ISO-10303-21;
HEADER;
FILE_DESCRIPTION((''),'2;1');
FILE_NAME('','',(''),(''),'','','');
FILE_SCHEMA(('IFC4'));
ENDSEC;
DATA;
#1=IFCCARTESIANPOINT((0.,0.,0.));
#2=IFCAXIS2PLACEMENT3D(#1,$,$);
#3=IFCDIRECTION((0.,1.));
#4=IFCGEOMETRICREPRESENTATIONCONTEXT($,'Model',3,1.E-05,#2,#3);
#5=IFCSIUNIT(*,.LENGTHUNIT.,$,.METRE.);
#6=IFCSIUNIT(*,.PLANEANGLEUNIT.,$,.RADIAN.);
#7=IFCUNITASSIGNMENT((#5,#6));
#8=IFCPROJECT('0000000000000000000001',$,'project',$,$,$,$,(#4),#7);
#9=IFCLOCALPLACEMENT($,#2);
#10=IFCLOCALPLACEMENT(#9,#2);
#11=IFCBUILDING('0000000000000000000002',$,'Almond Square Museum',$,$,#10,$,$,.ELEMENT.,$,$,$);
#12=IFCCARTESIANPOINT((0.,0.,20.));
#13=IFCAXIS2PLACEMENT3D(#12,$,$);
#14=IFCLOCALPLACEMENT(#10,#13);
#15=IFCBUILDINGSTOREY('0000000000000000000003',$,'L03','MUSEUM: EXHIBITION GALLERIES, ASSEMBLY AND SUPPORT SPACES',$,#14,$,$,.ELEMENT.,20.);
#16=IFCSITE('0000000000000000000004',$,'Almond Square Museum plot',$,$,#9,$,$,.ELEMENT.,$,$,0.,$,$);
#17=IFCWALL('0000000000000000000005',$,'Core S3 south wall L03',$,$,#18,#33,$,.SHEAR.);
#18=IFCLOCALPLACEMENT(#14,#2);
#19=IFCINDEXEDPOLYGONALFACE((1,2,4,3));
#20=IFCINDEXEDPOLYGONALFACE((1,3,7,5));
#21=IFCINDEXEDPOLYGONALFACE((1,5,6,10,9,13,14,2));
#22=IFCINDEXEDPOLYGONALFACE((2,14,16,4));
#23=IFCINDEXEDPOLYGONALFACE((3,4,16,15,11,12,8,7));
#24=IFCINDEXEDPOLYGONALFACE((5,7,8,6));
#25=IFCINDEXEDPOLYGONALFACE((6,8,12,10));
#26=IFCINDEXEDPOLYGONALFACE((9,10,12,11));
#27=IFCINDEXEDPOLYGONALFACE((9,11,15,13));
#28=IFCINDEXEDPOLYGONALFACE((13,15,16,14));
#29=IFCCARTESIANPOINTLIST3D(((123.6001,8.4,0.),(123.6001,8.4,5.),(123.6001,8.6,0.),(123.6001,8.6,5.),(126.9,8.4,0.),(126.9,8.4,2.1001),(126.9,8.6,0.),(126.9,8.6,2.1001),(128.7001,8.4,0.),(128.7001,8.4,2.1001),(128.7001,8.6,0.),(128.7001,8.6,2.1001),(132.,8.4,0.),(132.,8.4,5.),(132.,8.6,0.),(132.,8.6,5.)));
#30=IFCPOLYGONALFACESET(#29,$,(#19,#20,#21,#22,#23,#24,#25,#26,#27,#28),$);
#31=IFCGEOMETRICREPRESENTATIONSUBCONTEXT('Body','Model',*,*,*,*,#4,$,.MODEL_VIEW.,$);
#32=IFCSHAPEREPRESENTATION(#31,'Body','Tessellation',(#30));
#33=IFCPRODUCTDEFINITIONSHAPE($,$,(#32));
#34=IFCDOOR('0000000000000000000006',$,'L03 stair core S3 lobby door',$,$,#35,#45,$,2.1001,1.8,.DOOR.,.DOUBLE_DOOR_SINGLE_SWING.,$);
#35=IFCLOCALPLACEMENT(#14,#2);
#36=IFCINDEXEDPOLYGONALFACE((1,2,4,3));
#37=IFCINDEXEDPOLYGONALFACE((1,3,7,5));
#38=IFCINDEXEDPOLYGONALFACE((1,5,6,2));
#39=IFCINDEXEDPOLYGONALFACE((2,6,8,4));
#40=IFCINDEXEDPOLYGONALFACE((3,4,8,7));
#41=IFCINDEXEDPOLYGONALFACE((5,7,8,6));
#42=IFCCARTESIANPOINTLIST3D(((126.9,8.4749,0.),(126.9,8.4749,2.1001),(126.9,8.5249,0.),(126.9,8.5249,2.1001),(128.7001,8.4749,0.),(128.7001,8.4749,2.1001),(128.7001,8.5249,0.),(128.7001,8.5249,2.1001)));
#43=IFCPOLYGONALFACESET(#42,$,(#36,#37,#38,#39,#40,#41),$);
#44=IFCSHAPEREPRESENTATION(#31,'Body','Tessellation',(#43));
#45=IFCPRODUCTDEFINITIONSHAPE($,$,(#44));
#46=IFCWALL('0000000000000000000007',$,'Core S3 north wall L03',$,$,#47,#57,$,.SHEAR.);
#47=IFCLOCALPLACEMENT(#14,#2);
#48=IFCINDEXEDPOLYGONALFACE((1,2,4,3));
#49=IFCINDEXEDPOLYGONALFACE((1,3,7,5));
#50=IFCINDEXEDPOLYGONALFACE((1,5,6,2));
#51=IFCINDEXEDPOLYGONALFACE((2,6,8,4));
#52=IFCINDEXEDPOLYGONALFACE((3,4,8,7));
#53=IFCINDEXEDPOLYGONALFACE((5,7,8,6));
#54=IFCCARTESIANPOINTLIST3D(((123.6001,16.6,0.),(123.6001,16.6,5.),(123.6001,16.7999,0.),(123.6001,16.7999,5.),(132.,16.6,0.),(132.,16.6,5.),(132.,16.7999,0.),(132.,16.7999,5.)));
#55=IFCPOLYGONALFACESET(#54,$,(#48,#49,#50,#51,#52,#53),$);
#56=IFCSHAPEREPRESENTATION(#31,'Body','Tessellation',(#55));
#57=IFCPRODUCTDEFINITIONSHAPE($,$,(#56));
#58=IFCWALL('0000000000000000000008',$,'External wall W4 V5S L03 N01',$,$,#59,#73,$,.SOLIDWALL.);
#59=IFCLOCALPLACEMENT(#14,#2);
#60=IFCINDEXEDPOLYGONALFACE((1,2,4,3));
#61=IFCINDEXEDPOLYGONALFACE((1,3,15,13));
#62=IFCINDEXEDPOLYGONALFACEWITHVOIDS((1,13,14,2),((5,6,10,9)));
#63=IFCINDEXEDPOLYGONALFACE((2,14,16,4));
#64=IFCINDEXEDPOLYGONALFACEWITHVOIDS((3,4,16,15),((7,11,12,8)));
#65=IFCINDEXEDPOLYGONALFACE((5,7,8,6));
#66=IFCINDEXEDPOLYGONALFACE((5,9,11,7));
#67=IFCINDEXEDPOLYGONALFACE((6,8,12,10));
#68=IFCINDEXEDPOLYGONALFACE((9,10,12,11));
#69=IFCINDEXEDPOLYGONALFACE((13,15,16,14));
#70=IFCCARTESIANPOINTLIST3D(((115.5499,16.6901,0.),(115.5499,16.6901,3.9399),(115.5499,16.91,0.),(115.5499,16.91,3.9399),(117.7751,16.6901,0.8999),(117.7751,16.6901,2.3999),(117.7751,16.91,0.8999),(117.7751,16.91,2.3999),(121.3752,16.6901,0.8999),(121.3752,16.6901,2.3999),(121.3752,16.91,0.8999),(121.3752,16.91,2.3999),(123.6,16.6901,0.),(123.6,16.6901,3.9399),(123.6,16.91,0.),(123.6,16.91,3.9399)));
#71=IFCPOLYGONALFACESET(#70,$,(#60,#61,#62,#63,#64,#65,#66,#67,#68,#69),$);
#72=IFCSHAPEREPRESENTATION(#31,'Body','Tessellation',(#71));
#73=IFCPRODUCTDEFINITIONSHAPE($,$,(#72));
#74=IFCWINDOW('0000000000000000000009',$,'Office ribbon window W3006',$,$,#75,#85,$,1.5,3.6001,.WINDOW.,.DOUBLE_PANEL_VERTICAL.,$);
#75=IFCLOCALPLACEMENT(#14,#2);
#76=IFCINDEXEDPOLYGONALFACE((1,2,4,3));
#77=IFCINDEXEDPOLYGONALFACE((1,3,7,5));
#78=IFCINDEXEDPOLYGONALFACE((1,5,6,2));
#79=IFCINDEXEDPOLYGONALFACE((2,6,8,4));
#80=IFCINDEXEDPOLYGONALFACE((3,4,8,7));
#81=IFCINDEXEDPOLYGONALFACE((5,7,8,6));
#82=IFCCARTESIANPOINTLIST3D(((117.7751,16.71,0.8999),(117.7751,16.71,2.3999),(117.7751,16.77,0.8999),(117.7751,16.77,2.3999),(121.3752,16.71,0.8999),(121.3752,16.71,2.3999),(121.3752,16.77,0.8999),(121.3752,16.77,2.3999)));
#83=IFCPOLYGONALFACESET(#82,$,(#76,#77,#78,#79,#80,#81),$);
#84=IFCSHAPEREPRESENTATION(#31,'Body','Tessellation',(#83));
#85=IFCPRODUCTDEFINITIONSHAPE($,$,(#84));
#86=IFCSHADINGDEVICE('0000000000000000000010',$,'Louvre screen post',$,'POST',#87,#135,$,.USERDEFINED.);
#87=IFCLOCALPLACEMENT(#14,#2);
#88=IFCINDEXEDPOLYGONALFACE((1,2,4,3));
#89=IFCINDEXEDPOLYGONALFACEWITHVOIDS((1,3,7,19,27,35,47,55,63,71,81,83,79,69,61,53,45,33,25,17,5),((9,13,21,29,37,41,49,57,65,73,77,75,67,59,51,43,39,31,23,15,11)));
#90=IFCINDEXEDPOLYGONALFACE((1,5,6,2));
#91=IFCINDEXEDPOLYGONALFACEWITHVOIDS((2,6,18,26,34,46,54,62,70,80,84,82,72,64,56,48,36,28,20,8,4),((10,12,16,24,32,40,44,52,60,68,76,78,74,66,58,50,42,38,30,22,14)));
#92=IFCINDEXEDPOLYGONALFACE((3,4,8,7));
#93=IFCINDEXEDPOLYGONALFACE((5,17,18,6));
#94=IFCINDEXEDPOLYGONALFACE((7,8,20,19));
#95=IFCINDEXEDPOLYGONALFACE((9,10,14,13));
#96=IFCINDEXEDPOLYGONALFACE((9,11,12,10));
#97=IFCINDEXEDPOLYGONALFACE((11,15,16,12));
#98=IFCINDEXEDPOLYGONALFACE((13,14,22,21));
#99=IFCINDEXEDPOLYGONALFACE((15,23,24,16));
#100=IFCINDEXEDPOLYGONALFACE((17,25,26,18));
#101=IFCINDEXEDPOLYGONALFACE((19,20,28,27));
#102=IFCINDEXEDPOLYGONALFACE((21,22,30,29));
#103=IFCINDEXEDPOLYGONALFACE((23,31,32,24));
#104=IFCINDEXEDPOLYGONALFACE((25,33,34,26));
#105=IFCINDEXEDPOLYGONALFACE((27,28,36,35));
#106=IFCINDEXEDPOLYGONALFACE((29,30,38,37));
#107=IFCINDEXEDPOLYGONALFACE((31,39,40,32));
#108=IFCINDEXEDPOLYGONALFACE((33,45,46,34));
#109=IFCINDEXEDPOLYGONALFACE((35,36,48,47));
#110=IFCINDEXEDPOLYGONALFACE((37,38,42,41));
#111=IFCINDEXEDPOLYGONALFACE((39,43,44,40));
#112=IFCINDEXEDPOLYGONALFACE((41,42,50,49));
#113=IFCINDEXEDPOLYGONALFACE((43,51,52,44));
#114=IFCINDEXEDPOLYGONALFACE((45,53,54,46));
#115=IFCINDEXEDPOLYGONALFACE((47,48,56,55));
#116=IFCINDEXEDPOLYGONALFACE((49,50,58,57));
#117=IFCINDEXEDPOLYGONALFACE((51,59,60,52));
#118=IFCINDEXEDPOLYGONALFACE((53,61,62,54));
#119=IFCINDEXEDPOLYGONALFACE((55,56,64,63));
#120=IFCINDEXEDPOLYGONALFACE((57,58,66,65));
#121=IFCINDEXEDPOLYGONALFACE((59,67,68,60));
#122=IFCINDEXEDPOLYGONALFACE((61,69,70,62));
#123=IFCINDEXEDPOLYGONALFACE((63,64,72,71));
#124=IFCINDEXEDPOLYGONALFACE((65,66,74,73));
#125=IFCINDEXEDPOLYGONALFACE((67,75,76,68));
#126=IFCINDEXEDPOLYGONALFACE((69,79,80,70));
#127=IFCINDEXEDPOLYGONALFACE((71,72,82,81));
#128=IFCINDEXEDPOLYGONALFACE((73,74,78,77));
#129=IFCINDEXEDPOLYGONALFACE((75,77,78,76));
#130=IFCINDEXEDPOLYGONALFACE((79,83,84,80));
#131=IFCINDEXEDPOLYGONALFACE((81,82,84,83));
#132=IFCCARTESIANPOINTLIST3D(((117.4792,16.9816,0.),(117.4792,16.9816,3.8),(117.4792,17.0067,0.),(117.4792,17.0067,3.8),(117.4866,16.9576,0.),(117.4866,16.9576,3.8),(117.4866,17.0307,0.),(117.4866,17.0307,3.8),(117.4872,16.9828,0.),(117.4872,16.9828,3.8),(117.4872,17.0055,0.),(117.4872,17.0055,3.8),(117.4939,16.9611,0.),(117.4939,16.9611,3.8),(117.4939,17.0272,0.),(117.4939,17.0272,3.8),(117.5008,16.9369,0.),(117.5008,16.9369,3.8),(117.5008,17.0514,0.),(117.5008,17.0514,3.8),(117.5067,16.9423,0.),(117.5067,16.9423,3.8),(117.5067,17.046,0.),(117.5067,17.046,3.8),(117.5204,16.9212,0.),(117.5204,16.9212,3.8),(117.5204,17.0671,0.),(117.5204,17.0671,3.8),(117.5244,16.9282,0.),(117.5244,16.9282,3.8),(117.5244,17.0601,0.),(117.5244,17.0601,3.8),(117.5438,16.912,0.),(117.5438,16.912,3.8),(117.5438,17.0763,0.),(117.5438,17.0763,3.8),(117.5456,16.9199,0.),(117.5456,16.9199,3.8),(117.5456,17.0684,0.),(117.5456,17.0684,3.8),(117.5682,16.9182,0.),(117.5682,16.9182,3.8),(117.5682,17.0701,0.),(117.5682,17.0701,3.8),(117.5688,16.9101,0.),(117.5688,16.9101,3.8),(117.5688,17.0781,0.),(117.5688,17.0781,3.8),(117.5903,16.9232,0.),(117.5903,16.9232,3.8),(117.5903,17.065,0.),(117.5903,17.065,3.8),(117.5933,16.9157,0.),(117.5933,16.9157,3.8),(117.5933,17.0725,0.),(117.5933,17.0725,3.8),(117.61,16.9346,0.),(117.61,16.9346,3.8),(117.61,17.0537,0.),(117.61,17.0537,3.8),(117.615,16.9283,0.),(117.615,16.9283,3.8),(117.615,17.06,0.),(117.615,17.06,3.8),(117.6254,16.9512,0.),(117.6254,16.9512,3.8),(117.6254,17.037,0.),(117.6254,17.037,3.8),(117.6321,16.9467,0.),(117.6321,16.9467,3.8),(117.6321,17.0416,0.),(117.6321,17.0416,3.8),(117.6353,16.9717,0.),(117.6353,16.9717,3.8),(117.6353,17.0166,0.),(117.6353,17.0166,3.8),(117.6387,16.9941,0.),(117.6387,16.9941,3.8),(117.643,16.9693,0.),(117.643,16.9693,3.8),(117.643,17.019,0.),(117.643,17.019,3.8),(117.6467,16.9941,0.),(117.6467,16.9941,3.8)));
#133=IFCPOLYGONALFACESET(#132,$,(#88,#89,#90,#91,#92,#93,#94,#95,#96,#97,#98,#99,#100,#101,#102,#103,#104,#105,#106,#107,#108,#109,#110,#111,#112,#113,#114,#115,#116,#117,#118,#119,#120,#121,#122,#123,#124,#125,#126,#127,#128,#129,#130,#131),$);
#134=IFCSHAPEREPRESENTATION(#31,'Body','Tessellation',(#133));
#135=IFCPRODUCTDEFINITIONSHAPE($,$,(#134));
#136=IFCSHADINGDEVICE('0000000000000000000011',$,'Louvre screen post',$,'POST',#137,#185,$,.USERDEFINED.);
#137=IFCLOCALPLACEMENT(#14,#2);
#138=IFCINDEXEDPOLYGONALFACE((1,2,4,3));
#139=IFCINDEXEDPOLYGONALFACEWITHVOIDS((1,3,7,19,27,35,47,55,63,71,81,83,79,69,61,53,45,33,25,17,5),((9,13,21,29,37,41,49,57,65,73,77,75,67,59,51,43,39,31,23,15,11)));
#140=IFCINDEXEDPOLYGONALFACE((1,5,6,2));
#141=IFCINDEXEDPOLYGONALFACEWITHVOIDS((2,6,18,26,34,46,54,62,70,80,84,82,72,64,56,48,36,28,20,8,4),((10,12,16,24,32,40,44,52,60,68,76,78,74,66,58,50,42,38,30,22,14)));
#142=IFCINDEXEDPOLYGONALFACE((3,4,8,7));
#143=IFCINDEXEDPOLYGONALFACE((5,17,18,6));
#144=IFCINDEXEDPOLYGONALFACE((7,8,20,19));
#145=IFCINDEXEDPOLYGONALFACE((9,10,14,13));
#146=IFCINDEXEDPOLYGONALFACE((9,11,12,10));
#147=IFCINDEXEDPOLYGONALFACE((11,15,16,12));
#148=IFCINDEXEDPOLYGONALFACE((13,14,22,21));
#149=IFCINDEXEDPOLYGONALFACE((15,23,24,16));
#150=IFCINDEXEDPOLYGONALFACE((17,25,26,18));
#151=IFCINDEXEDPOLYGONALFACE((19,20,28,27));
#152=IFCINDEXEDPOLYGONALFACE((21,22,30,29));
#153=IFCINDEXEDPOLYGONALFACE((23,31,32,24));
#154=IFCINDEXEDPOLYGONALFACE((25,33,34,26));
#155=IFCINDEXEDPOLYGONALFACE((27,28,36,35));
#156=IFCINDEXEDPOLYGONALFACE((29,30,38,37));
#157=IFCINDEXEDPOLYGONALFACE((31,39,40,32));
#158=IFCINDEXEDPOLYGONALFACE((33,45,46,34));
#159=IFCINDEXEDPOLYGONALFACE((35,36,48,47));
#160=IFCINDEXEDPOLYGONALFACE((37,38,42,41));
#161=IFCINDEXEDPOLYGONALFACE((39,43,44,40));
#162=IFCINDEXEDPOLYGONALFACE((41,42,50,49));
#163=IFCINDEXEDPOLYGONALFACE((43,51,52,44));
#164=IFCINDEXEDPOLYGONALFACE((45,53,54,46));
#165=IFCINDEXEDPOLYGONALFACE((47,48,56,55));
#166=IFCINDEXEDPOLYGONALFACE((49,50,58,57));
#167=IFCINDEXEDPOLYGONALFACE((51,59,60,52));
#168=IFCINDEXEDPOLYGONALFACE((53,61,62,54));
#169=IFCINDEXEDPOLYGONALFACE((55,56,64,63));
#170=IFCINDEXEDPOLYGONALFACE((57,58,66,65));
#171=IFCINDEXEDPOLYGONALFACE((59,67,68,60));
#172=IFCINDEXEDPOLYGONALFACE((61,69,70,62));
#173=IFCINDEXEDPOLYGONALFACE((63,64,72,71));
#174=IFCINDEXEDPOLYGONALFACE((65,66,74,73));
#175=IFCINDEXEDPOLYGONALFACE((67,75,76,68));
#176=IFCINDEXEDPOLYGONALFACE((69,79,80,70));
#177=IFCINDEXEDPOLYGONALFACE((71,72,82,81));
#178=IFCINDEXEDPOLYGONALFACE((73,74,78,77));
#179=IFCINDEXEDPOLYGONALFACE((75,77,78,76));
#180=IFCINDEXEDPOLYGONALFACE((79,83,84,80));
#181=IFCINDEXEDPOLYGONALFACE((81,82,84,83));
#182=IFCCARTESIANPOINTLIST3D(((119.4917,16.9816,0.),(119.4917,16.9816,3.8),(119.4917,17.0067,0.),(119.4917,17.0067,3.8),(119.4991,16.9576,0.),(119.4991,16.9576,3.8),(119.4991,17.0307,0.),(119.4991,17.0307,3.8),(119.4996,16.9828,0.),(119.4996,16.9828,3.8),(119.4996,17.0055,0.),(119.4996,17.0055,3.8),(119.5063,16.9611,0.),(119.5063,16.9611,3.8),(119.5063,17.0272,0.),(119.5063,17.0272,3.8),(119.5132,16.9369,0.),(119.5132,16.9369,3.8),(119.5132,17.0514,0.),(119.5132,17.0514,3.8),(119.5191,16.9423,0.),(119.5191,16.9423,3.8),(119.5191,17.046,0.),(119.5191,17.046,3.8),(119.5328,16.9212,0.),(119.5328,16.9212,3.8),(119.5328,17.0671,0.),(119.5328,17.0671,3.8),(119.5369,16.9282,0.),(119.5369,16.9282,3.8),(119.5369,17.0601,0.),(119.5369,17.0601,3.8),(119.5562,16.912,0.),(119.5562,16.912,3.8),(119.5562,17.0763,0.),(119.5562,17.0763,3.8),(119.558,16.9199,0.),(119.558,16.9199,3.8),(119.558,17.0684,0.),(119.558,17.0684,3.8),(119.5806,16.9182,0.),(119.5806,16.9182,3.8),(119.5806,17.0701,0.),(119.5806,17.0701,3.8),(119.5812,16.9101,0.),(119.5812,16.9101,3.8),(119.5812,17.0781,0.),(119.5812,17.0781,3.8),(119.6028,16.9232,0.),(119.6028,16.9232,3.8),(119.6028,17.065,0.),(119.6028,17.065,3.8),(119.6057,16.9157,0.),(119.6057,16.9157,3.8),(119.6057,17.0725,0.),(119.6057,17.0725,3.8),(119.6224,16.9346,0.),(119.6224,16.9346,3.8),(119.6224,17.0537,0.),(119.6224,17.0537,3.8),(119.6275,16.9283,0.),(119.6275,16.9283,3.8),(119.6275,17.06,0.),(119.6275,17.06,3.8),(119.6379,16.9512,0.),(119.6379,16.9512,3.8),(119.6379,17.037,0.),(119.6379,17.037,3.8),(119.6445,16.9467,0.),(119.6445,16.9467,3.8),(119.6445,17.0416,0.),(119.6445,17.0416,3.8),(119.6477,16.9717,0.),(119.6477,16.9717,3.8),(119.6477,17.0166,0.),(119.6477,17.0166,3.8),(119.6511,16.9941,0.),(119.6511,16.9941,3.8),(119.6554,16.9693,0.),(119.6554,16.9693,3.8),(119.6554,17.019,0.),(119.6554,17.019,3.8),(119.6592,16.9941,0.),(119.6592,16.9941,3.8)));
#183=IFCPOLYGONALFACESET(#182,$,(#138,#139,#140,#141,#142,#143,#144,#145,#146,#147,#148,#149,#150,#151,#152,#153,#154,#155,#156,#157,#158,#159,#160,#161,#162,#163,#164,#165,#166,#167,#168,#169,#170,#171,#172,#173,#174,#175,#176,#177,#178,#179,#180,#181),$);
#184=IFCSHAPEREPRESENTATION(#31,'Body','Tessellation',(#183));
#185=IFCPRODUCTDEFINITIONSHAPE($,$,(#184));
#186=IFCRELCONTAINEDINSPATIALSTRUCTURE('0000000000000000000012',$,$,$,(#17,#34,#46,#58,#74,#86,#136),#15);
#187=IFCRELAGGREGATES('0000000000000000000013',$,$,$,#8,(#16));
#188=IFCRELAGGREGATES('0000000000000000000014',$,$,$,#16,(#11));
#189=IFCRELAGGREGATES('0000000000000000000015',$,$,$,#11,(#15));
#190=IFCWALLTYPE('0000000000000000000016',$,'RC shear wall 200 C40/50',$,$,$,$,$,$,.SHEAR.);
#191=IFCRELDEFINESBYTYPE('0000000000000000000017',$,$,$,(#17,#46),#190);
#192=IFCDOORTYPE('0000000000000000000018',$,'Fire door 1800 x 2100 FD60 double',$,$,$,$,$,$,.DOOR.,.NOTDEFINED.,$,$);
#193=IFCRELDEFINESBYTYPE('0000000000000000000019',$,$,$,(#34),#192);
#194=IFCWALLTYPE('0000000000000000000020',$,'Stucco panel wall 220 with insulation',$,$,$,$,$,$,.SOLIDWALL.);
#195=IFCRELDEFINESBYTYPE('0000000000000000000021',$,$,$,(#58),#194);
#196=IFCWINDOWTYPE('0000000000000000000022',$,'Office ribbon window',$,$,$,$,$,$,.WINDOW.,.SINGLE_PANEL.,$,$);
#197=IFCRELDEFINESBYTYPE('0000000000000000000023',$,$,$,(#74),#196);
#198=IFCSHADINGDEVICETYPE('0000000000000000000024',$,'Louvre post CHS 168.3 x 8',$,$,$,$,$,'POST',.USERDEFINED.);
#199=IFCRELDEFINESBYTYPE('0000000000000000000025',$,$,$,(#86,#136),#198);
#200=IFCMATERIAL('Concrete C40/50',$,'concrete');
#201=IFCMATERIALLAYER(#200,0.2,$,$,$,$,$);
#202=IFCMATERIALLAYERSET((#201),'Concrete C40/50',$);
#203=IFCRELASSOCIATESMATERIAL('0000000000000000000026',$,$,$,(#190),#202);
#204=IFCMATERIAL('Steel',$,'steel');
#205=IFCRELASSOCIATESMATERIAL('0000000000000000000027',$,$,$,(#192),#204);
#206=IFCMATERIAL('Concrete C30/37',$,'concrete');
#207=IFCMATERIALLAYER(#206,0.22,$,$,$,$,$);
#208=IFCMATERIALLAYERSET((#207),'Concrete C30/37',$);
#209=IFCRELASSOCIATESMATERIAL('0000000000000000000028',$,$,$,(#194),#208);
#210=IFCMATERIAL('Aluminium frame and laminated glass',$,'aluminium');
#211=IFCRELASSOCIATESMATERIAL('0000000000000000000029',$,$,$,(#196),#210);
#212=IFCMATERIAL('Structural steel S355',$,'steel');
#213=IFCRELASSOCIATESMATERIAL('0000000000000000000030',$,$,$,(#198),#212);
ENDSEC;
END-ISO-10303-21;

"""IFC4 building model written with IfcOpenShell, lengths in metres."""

from ifc_helpers import new_model, si_unit, direction, frame, frame_2d, origin, origin_2d, place, context, subcontext, project, spatial, rectangle, hollow_circle, extrude, material, layer, layer_set, material_profile, profile_set, type_object, element, fill, save


model = new_model("IFC4")

# Units and contexts
model_context = context("Model", 3, precision=1e-05, world=origin(), true_north=direction((0.0, 1.0)))
body_context = subcontext(model_context, "Body", "Model", "MODEL_VIEW")
ifc_project = project(units=[si_unit("LENGTHUNIT", "METRE"), si_unit("PLANEANGLEUNIT", "RADIAN")], contexts=[model_context])

# Site, building, storey
site_placement = place(None, origin())
site = spatial("IfcSite", under=ifc_project, at=site_placement, Name="Almond Square Museum plot", CompositionType="ELEMENT", RefElevation=0.0)
building_placement = place(site_placement, origin())
building = spatial("IfcBuilding", under=site, at=building_placement, Name="Almond Square Museum", CompositionType="ELEMENT")
storey_placement = place(building_placement, frame((0.0, 0.0, 20.0)))
storey = spatial("IfcBuildingStorey", under=building, at=storey_placement, Name="L03", Description="MUSEUM: EXHIBITION GALLERIES, ASSEMBLY AND SUPPORT SPACES", CompositionType="ELEMENT", Elevation=20.0)

# Wall, opening, door
ifc_material_1 = material(Name="Concrete C40/50", Category="concrete")
ifc_layer_1 = layer(ifc_material_1, 0.2)
ifc_layer_set_1 = layer_set([ifc_layer_1], Name="Concrete C40/50")
wall_type_1 = type_object("IfcWallType", Name="RC shear wall 200 C40/50", PredefinedType="SHEAR", material=ifc_layer_set_1)
wall_1_placement = place(storey_placement, frame((123.6001, 8.5, 0.0), z_axis=(0.0, 0.0, 1.0), x_axis=(1.0, 0.0, 0.0)))
wall_1 = element("IfcWall", 1, at=wall_1_placement, inside=storey, type_object=wall_type_1, Name="Core S3 south wall L03", PredefinedType="SHEAR", context=body_context, shape_type="SweptSolid", body=[
    extrude(rectangle(XDim=8.3999, YDim=0.2, at=frame_2d((4.2, 0.0))), origin(), (0.0, 0.0, 1.0), 5.0),
])
opening_1_placement = place(wall_1_placement, frame((3.3, 0.0, 0.0)))
opening_1 = element("IfcOpeningElement", 2, at=opening_1_placement, cuts=wall_1, PredefinedType="OPENING", context=body_context, shape_type="SweptSolid", body=[
    extrude(rectangle(XDim=1.8, YDim=2.1001, at=frame_2d((0.8999, 1.05))), frame((0.0, 0.1099, 0.0), z_axis=(0.0, -1.0, 0.0), x_axis=(1.0, 0.0, 0.0)), (0.0, 0.0, 1.0), 0.22),
])
ifc_material_2 = material(Name="Steel", Category="steel")
door_type_1 = type_object("IfcDoorType", Name="Fire door 1800 x 2100 FD60 double", OperationType="NOTDEFINED", PredefinedType="DOOR", material=ifc_material_2)
door_1_placement = place(opening_1_placement, origin())
door_1 = element("IfcDoor", 3, at=door_1_placement, inside=storey, type_object=door_type_1, Name="L03 stair core S3 lobby door", OperationType="DOUBLE_DOOR_SINGLE_SWING", OverallHeight=2.1001, OverallWidth=1.8, PredefinedType="DOOR", context=body_context, shape_type="SweptSolid", body=[
    extrude(rectangle(XDim=1.8, YDim=2.1001, at=frame_2d((0.8999, 1.05))), frame((0.0, 0.0249, 0.0), z_axis=(0.0, -1.0, 0.0), x_axis=(1.0, 0.0, 0.0)), (0.0, 0.0, 1.0), 0.05),
])
fill(opening_1, door_1)

# Wall
wall_2_placement = place(storey_placement, frame((123.6001, 16.7, 0.0), z_axis=(0.0, 0.0, 1.0), x_axis=(1.0, 0.0, 0.0)))
element("IfcWall", 4, at=wall_2_placement, inside=storey, type_object=wall_type_1, Name="Core S3 north wall L03", PredefinedType="SHEAR", context=body_context, shape_type="SweptSolid", body=[
    extrude(rectangle(XDim=8.3999, YDim=0.2, at=frame_2d((4.2, 0.0))), origin(), (0.0, 0.0, 1.0), 5.0),
])

# Wall, opening, window
ifc_material_3 = material(Name="Concrete C30/37", Category="concrete")
ifc_layer_2 = layer(ifc_material_3, 0.22)
ifc_layer_set_2 = layer_set([ifc_layer_2], Name="Concrete C30/37")
wall_type_2 = type_object("IfcWallType", Name="Stucco panel wall 220 with insulation", PredefinedType="SOLIDWALL", material=ifc_layer_set_2)
wall_3_placement = place(storey_placement, frame((115.55, 16.8, 0.0), z_axis=(0.0, 0.0, 1.0), x_axis=(1.0, 0.0, 0.0)))
wall_3 = element("IfcWall", 5, at=wall_3_placement, inside=storey, type_object=wall_type_2, Name="External wall W4 V5S L03 N01", PredefinedType="SOLIDWALL", context=body_context, shape_type="SweptSolid", body=[
    extrude(rectangle(XDim=8.05, YDim=0.22, at=frame_2d((4.0249, 0.0))), origin(), (0.0, 0.0, 1.0), 3.9399),
])
opening_2_placement = place(wall_3_placement, frame((2.2251, 0.0, 0.8999)))
opening_2 = element("IfcOpeningElement", 6, at=opening_2_placement, cuts=wall_3, PredefinedType="OPENING", context=body_context, shape_type="SweptSolid", body=[
    extrude(rectangle(XDim=3.6001, YDim=1.5, at=frame_2d((1.8, 0.75))), frame((0.0, 0.1199, 0.0), z_axis=(0.0, -1.0, 0.0), x_axis=(1.0, 0.0, 0.0)), (0.0, 0.0, 1.0), 0.24),
])
ifc_material_4 = material(Name="Aluminium frame and laminated glass", Category="aluminium")
window_type = type_object("IfcWindowType", Name="Office ribbon window", PartitioningType="SINGLE_PANEL", PredefinedType="WINDOW", material=ifc_material_4)
window_placement = place(opening_2_placement, origin())
window = element("IfcWindow", 7, at=window_placement, inside=storey, type_object=window_type, Name="Office ribbon window W3006", OverallHeight=1.5, OverallWidth=3.6001, PartitioningType="DOUBLE_PANEL_VERTICAL", PredefinedType="WINDOW", context=body_context, shape_type="SweptSolid", body=[
    extrude(rectangle(XDim=3.6001, YDim=1.5, at=frame_2d((1.8, 0.75))), frame((0.0, -0.03, 0.0), z_axis=(0.0, -1.0, 0.0), x_axis=(1.0, 0.0, 0.0)), (0.0, 0.0, 1.0), 0.0601),
])
fill(opening_2, window)

# Shading devices
ifc_material_5 = material(Name="Structural steel S355", Category="steel")
ifc_material_profile_1 = material_profile(ifc_material_5, hollow_circle(Radius=0.0842, WallThickness=0.0081, at=origin_2d()))
ifc_profile_set_1 = profile_set([ifc_material_profile_1], Name="Structural steel S355")
shading_device_type = type_object("IfcShadingDeviceType", Name="Louvre post CHS 168.3 x 8", ElementType="POST", PredefinedType="USERDEFINED", material=ifc_profile_set_1)
for number, where, z_axis, x_axis, name in (
    (8, (117.5625, 16.9941, 0.0), (0.0, 0.0, 1.0), (1.0, 0.0, 0.0), "Louvre screen post"),
    (9, (119.575, 16.9941, 0.0), (0.0, 0.0, 1.0), (1.0, 0.0, 0.0), "Louvre screen post"),
):
    element("IfcShadingDevice", number, at=place(storey_placement, frame(where, z_axis=z_axis, x_axis=x_axis)), inside=storey, type_object=shading_device_type, Name=name, ObjectType="POST", PredefinedType="USERDEFINED", context=body_context, shape_type="SweptSolid", body=[
        extrude(hollow_circle(Radius=0.0842, WallThickness=0.0081, at=origin_2d()), origin(), (0.0, 0.0, 1.0), 3.8),
    ])

save(model, "model.ifc")
